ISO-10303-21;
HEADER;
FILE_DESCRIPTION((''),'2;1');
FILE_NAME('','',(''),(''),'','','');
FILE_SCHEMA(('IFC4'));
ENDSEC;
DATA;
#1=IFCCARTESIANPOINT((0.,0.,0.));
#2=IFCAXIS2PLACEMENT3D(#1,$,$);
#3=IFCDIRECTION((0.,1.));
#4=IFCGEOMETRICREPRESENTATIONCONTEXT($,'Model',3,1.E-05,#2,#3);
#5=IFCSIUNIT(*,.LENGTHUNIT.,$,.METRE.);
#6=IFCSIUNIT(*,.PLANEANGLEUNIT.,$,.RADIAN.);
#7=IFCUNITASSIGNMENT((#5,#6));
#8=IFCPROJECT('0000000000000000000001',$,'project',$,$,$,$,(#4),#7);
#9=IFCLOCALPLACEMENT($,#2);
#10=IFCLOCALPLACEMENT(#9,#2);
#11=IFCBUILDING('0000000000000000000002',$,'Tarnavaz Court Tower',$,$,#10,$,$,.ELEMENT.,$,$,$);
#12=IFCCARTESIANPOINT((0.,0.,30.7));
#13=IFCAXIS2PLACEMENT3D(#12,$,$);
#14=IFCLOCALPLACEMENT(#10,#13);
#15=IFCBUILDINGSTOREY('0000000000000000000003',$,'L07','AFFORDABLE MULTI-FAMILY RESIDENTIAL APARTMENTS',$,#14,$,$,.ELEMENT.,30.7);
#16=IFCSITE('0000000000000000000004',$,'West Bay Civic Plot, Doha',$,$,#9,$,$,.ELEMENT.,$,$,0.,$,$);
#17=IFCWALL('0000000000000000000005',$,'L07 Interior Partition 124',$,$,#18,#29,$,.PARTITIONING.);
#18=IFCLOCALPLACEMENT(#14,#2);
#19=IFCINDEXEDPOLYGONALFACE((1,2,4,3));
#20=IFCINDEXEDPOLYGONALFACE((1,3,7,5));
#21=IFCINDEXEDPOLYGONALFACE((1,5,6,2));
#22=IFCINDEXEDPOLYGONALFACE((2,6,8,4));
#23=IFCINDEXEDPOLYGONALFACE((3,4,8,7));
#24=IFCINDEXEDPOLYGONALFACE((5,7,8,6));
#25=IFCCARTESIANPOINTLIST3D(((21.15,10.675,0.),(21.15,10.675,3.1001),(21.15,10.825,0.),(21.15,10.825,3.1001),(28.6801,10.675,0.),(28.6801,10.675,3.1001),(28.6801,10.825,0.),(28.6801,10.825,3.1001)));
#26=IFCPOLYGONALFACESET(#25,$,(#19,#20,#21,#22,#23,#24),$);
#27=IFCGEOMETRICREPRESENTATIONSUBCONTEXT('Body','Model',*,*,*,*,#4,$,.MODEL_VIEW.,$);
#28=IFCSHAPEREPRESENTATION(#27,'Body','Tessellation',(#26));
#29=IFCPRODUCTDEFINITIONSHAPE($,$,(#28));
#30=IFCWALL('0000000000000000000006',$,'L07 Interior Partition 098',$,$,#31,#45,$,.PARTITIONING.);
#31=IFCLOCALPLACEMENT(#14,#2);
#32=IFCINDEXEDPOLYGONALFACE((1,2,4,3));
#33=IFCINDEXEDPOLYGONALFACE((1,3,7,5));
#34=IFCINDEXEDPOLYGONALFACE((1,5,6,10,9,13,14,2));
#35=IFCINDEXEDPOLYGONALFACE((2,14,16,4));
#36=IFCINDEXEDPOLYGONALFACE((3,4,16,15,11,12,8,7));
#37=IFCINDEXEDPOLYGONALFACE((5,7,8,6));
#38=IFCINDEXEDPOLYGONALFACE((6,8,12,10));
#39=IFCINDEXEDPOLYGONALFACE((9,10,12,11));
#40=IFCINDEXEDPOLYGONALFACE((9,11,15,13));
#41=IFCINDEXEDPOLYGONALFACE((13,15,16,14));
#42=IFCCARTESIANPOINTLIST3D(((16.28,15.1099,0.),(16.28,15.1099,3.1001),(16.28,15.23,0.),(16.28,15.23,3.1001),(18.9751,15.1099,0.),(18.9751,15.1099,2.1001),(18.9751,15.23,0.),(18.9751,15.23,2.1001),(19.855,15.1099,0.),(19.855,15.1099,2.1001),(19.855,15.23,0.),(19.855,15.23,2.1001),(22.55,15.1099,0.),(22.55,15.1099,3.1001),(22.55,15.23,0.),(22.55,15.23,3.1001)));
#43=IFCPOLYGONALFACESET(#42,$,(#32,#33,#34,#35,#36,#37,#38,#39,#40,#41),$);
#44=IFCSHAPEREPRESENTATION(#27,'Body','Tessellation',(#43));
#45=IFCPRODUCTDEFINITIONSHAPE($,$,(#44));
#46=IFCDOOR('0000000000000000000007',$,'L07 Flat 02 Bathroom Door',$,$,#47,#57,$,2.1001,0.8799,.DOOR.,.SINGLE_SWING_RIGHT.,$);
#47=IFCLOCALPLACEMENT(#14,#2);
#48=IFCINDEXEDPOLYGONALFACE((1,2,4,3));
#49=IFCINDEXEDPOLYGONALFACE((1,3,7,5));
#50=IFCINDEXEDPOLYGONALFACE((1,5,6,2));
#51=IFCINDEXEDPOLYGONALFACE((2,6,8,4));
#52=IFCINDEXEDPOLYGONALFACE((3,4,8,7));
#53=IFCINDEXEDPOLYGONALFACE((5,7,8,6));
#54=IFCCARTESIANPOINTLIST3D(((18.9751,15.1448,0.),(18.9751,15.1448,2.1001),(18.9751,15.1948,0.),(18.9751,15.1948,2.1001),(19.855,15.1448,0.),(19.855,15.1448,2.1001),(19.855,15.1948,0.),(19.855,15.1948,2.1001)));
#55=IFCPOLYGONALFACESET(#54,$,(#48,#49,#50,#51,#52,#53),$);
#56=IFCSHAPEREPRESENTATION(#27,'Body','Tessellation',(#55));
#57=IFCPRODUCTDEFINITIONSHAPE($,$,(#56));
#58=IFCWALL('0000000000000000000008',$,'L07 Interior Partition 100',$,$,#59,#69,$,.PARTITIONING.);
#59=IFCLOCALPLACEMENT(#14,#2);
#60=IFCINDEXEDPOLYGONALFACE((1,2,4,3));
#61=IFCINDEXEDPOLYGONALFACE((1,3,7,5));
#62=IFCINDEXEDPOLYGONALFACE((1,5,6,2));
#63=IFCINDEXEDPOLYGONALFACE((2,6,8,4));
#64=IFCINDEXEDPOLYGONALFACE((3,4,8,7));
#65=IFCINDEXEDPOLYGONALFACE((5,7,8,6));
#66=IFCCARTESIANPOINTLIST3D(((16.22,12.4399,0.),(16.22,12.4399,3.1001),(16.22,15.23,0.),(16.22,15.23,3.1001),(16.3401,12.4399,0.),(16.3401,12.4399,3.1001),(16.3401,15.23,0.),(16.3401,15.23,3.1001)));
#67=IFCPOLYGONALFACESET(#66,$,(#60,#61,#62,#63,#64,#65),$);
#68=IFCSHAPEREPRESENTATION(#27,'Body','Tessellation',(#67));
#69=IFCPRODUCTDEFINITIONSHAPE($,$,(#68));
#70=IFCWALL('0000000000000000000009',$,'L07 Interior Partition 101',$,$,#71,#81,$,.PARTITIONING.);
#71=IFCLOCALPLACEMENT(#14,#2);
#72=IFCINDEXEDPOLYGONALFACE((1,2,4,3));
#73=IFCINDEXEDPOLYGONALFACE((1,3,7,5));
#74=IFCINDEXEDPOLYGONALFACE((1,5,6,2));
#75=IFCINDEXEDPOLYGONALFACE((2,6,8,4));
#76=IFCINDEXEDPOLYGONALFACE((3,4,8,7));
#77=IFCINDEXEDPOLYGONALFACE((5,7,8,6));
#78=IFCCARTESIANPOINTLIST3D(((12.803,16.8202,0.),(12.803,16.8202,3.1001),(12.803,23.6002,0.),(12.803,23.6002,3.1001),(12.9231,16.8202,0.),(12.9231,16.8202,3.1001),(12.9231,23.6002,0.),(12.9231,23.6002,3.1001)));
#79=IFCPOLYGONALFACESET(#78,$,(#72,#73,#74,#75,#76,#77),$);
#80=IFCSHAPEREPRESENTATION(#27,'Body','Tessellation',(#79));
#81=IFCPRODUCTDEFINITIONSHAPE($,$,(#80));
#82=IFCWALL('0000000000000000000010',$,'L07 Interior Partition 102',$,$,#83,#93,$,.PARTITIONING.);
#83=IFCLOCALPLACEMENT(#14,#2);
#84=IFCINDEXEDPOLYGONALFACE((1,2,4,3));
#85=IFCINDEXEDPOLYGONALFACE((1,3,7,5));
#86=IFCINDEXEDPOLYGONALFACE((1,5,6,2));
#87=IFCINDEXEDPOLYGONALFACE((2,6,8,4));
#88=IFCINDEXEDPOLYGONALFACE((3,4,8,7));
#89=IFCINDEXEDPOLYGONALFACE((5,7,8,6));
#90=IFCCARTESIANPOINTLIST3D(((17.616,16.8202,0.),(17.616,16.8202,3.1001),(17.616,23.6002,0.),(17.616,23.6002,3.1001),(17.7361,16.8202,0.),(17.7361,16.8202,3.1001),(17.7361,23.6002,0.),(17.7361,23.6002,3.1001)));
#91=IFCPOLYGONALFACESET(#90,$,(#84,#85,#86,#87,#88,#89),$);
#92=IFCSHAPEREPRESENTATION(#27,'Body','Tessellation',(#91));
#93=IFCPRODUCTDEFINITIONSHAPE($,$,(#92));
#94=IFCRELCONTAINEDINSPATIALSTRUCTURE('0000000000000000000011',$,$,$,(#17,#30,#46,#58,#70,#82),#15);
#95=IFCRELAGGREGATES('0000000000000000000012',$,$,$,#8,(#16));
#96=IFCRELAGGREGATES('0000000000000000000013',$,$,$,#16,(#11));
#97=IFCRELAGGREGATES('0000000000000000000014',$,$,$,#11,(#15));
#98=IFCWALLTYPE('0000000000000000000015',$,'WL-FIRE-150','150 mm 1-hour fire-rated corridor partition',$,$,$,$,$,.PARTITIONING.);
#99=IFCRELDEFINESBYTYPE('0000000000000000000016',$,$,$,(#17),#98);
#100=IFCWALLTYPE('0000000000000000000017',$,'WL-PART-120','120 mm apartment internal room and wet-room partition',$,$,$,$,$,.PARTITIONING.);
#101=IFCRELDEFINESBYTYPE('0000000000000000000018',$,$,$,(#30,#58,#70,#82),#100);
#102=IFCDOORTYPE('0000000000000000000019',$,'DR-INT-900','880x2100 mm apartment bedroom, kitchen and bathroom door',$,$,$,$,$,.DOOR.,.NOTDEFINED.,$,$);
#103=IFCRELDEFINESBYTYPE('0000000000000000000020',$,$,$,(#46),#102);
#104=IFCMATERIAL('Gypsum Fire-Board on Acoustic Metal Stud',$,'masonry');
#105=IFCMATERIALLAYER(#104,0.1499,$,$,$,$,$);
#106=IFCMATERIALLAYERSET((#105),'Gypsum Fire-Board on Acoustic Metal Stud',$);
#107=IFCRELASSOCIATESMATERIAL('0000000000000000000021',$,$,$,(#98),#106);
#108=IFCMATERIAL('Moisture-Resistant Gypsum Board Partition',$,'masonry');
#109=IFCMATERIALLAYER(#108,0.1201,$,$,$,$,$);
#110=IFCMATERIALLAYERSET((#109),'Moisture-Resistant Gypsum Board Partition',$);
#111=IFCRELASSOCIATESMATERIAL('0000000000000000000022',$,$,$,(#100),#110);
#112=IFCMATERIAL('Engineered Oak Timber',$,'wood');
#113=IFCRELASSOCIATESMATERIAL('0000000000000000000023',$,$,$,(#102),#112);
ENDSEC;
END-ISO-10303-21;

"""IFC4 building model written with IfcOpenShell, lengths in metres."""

from ifc_helpers import new_model, si_unit, direction, frame, frame_2d, origin, place, context, subcontext, project, spatial, rectangle, extrude, material, layer, layer_set, type_object, element, fill, save


model = new_model("IFC4")

# Units and contexts
model_context = context("Model", 3, precision=1e-05, world=origin(), true_north=direction((0.0, 1.0)))
body_context = subcontext(model_context, "Body", "Model", "MODEL_VIEW")
ifc_project = project(units=[si_unit("LENGTHUNIT", "METRE"), si_unit("PLANEANGLEUNIT", "RADIAN")], contexts=[model_context])

# Site, building, storey
site_placement = place(None, origin())
site = spatial("IfcSite", under=ifc_project, at=site_placement, Name="West Bay Civic Plot, Doha", CompositionType="ELEMENT", RefElevation=0.0)
building_placement = place(site_placement, origin())
building = spatial("IfcBuilding", under=site, at=building_placement, Name="Tarnavaz Court Tower", CompositionType="ELEMENT")
storey_placement = place(building_placement, frame((0.0, 0.0, 30.7)))
storey = spatial("IfcBuildingStorey", under=building, at=storey_placement, Name="L07", Description="AFFORDABLE MULTI-FAMILY RESIDENTIAL APARTMENTS", CompositionType="ELEMENT", Elevation=30.7)

# Wall
ifc_material_1 = material(Name="Gypsum Fire-Board on Acoustic Metal Stud", Category="masonry")
ifc_layer_1 = layer(ifc_material_1, 0.1499)
ifc_layer_set_1 = layer_set([ifc_layer_1], Name="Gypsum Fire-Board on Acoustic Metal Stud")
wall_type_1 = type_object("IfcWallType", Name="WL-FIRE-150", Description="150 mm 1-hour fire-rated corridor partition", PredefinedType="PARTITIONING", material=ifc_layer_set_1)
wall_1_placement = place(storey_placement, frame((21.1499, 10.75, 0.0), z_axis=(0.0, 0.0, 1.0), x_axis=(1.0, 0.0, 0.0)))
element("IfcWall", 1, at=wall_1_placement, inside=storey, type_object=wall_type_1, Name="L07 Interior Partition 124", PredefinedType="PARTITIONING", context=body_context, shape_type="SweptSolid", body=[
    extrude(rectangle(XDim=7.53, YDim=0.1499, at=frame_2d((3.7651, 0.0))), origin(), (0.0, 0.0, 1.0), 3.1001),
])

# Wall, opening, door
ifc_material_2 = material(Name="Moisture-Resistant Gypsum Board Partition", Category="masonry")
ifc_layer_2 = layer(ifc_material_2, 0.1201)
ifc_layer_set_2 = layer_set([ifc_layer_2], Name="Moisture-Resistant Gypsum Board Partition")
wall_type_2 = type_object("IfcWallType", Name="WL-PART-120", Description="120 mm apartment internal room and wet-room partition", PredefinedType="PARTITIONING", material=ifc_layer_set_2)
wall_2_placement = place(storey_placement, frame((16.28, 15.1699, 0.0), z_axis=(0.0, 0.0, 1.0), x_axis=(1.0, 0.0, 0.0)))
wall_2 = element("IfcWall", 2, at=wall_2_placement, inside=storey, type_object=wall_type_2, Name="L07 Interior Partition 098", PredefinedType="PARTITIONING", context=body_context, shape_type="SweptSolid", body=[
    extrude(rectangle(XDim=6.27, YDim=0.1201, at=frame_2d((3.135, 0.0))), origin(), (0.0, 0.0, 1.0), 3.1001),
])
opening_placement = place(wall_2_placement, frame((2.6951, 0.0, 0.0)))
opening = element("IfcOpeningElement", 3, at=opening_placement, cuts=wall_2, PredefinedType="OPENING", context=body_context, shape_type="SweptSolid", body=[
    extrude(rectangle(XDim=0.8799, YDim=2.1001, at=frame_2d((0.4399, 1.05))), frame((0.0, 0.0701, 0.0), z_axis=(0.0, -1.0, 0.0), x_axis=(1.0, 0.0, 0.0)), (0.0, 0.0, 1.0), 0.1401),
])
ifc_material_3 = material(Name="Engineered Oak Timber", Category="wood")
door_type = type_object("IfcDoorType", Name="DR-INT-900", Description="880x2100 mm apartment bedroom, kitchen and bathroom door", OperationType="NOTDEFINED", PredefinedType="DOOR", material=ifc_material_3)
door_placement = place(opening_placement, origin())
door = element("IfcDoor", 4, at=door_placement, inside=storey, type_object=door_type, Name="L07 Flat 02 Bathroom Door", OperationType="SINGLE_SWING_RIGHT", OverallHeight=2.1001, OverallWidth=0.8799, PredefinedType="DOOR", context=body_context, shape_type="SweptSolid", body=[
    extrude(rectangle(XDim=0.8799, YDim=2.1001, at=frame_2d((0.4399, 1.05))), frame((0.0, 0.0249, 0.0), z_axis=(0.0, -1.0, 0.0), x_axis=(1.0, 0.0, 0.0)), (0.0, 0.0, 1.0), 0.05),
])
fill(opening, door)

# Walls
wall_3_placement = place(storey_placement, frame((16.28, 12.4399, 0.0), z_axis=(0.0, 0.0, 1.0), x_axis=(0.0, 1.0, 0.0)))
element("IfcWall", 5, at=wall_3_placement, inside=storey, type_object=wall_type_2, Name="L07 Interior Partition 100", PredefinedType="PARTITIONING", context=body_context, shape_type="SweptSolid", body=[
    extrude(rectangle(XDim=2.79, YDim=0.1201, at=frame_2d((1.395, 0.0))), origin(), (0.0, 0.0, 1.0), 3.1001),
])
for number, where, z_axis, x_axis, name in (
    (6, (12.863, 16.8201, 0.0), (0.0, 0.0, 1.0), (0.0, 1.0, 0.0), "L07 Interior Partition 101"),
    (7, (17.676, 16.8201, 0.0), (0.0, 0.0, 1.0), (0.0, 1.0, 0.0), "L07 Interior Partition 102"),
):
    element("IfcWall", number, at=place(storey_placement, frame(where, z_axis=z_axis, x_axis=x_axis)), inside=storey, type_object=wall_type_2, Name=name, PredefinedType="PARTITIONING", context=body_context, shape_type="SweptSolid", body=[
        extrude(rectangle(XDim=6.78, YDim=0.1201, at=frame_2d((3.3901, 0.0))), origin(), (0.0, 0.0, 1.0), 3.1001),
    ])

save(model, "model.ifc")
